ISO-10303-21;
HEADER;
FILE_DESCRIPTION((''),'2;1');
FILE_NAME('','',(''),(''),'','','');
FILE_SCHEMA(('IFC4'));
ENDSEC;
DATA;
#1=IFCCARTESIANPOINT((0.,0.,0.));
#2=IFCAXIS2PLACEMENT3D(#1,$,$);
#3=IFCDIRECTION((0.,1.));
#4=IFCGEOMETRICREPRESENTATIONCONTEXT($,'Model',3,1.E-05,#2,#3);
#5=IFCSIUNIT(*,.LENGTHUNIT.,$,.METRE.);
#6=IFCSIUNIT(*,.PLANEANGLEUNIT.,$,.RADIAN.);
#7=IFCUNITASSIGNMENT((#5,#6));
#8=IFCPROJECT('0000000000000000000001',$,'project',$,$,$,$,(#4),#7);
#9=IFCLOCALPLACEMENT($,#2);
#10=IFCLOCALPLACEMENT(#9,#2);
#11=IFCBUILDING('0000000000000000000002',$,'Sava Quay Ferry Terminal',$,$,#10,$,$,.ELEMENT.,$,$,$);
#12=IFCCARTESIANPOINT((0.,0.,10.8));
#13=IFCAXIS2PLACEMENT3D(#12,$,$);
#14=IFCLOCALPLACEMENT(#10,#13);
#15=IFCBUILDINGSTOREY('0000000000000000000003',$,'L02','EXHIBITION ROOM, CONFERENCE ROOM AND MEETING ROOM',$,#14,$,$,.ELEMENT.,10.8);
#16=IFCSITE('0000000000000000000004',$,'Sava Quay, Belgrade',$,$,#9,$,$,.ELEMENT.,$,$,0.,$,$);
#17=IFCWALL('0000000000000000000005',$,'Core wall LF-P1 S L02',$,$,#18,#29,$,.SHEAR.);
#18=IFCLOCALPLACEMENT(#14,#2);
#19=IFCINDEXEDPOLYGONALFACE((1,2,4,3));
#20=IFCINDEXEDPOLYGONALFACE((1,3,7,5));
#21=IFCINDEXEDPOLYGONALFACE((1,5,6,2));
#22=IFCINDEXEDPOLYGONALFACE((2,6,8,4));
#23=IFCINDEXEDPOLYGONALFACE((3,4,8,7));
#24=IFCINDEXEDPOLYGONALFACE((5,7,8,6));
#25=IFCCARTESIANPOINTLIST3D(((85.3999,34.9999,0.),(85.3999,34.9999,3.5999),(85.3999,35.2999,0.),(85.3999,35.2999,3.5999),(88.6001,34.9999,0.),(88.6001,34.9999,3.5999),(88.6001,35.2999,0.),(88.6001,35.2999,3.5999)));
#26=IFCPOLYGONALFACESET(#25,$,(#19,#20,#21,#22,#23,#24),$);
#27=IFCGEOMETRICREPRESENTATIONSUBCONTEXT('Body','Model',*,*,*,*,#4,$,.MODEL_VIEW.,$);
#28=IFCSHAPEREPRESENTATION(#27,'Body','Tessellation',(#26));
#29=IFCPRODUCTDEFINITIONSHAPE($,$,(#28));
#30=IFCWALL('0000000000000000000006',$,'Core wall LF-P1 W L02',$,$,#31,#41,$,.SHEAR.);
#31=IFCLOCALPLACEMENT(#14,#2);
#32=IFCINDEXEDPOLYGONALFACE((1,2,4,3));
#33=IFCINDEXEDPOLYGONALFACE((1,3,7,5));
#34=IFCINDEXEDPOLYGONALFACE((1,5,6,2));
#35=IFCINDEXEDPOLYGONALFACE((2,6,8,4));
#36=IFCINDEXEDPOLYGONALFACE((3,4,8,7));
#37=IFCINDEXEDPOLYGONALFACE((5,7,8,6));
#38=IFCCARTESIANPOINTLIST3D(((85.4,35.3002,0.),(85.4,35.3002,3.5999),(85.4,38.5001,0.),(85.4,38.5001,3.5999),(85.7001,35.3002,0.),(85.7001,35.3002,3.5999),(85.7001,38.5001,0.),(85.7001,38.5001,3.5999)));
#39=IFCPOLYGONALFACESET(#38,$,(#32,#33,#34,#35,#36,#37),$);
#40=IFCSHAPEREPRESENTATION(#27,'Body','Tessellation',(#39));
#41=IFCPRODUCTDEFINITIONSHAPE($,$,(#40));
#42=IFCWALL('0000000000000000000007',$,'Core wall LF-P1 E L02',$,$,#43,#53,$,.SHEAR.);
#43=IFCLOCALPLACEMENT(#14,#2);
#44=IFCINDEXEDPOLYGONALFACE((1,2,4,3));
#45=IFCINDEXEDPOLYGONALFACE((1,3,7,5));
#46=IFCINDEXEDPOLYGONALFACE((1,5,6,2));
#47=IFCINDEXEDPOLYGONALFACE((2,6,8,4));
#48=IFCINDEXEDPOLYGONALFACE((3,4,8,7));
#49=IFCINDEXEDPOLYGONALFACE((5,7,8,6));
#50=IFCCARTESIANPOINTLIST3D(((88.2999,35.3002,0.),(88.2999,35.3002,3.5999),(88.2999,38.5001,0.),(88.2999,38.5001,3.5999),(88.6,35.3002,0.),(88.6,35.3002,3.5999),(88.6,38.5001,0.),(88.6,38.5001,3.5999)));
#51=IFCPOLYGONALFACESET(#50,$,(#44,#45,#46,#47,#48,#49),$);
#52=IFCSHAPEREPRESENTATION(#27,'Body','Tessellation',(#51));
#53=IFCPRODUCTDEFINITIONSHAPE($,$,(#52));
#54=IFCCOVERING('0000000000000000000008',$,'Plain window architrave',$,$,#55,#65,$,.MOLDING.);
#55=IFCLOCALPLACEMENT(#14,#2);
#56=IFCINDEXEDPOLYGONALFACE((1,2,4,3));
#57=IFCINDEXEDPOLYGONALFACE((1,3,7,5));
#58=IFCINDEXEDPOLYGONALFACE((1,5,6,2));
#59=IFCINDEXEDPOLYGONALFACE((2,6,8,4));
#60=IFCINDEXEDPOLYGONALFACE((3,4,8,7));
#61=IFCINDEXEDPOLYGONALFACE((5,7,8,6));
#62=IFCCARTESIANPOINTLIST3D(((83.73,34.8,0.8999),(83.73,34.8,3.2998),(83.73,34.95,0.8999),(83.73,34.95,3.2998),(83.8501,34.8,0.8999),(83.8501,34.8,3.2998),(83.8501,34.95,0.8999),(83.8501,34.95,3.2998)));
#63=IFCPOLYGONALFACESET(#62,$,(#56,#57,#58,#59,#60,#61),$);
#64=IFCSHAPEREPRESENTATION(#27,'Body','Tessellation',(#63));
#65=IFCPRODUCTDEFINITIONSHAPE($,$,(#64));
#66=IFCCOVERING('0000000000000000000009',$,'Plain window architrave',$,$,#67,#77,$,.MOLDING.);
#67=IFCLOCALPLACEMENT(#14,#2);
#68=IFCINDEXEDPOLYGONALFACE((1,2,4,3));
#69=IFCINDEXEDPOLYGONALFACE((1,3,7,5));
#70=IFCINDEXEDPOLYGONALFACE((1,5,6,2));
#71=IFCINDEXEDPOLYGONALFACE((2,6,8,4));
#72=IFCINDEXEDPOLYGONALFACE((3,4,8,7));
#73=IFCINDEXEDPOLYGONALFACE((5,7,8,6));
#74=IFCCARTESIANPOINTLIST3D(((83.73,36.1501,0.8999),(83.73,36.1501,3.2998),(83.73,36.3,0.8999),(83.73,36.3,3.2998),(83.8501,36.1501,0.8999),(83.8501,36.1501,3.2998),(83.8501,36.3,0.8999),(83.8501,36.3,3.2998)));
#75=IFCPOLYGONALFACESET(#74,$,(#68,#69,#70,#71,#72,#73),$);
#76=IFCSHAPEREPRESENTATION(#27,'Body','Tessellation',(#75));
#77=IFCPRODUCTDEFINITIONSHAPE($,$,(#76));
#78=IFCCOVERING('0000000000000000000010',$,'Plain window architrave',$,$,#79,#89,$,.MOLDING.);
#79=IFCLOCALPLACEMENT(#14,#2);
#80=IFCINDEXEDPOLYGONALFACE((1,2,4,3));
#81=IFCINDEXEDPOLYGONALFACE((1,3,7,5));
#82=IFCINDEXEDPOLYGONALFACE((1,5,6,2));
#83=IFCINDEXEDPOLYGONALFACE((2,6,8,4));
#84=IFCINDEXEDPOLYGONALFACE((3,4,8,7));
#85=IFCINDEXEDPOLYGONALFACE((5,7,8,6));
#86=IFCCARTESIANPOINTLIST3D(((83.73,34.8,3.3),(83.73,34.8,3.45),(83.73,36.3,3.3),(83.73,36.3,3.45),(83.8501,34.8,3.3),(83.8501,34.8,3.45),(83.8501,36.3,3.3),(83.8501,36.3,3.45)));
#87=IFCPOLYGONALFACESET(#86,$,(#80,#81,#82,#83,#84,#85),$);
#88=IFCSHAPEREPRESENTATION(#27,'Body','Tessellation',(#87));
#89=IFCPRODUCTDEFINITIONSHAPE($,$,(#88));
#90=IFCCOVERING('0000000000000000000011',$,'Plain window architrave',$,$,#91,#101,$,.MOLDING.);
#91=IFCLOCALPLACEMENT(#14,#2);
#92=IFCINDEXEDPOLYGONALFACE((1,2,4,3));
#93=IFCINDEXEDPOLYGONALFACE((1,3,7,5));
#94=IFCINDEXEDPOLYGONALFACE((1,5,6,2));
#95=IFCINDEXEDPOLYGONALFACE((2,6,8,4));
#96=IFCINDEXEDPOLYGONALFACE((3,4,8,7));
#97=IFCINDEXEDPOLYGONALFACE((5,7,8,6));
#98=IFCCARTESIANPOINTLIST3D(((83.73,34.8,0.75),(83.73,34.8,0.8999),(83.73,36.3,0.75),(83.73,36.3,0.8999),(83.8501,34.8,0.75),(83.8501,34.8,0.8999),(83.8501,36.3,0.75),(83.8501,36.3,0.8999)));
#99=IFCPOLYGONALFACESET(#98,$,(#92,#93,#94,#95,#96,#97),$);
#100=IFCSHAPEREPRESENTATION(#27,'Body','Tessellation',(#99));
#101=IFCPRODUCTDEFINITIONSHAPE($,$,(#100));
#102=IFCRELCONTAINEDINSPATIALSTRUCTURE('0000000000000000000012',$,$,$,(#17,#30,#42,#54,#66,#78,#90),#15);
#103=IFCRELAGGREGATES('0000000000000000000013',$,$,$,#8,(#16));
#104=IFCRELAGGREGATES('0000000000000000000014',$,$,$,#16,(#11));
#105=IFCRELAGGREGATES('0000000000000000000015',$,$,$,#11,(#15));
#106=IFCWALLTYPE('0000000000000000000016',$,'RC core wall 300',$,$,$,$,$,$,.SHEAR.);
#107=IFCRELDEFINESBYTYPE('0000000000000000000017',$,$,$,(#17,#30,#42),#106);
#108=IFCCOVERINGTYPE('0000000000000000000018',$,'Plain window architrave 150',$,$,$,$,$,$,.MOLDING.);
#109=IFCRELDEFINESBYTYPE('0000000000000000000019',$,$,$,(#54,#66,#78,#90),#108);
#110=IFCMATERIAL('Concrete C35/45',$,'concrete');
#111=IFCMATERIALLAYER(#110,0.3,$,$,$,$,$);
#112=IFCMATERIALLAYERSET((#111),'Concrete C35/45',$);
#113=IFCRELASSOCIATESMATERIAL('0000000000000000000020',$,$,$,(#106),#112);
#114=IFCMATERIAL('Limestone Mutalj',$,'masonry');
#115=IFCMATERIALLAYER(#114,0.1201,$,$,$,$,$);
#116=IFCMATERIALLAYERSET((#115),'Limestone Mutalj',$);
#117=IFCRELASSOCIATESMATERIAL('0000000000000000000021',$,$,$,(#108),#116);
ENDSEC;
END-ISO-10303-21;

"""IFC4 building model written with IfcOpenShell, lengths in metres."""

from ifc_helpers import new_model, si_unit, direction, frame, frame_2d, origin, origin_2d, place, context, subcontext, project, spatial, rectangle, extrude, material, layer, layer_set, type_object, element, save


model = new_model("IFC4")

# Units and contexts
model_context = context("Model", 3, precision=1e-05, world=origin(), true_north=direction((0.0, 1.0)))
body_context = subcontext(model_context, "Body", "Model", "MODEL_VIEW")
ifc_project = project(units=[si_unit("LENGTHUNIT", "METRE"), si_unit("PLANEANGLEUNIT", "RADIAN")], contexts=[model_context])

# Site, building, storey
site_placement = place(None, origin())
site = spatial("IfcSite", under=ifc_project, at=site_placement, Name="Sava Quay, Belgrade", CompositionType="ELEMENT", RefElevation=0.0)
building_placement = place(site_placement, origin())
building = spatial("IfcBuilding", under=site, at=building_placement, Name="Sava Quay Ferry Terminal", CompositionType="ELEMENT")
storey_placement = place(building_placement, frame((0.0, 0.0, 10.8)))
storey = spatial("IfcBuildingStorey", under=building, at=storey_placement, Name="L02", Description="EXHIBITION ROOM, CONFERENCE ROOM AND MEETING ROOM", CompositionType="ELEMENT", Elevation=10.8)

# Wall
ifc_material_1 = material(Name="Concrete C35/45", Category="concrete")
ifc_layer_1 = layer(ifc_material_1, 0.3)
ifc_layer_set_1 = layer_set([ifc_layer_1], Name="Concrete C35/45")
wall_type_1 = type_object("IfcWallType", Name="RC core wall 300", PredefinedType="SHEAR", material=ifc_layer_set_1)
wall_1_placement = place(storey_placement, frame((85.3999, 35.1499, 0.0), z_axis=(0.0, 0.0, 1.0), x_axis=(1.0, 0.0, 0.0)))
element("IfcWall", 1, at=wall_1_placement, inside=storey, type_object=wall_type_1, Name="Core wall LF-P1 S L02", PredefinedType="SHEAR", context=body_context, shape_type="SweptSolid", body=[
    extrude(rectangle(XDim=3.2002, YDim=0.3, at=frame_2d((1.6001, 0.0))), origin(), (0.0, 0.0, 1.0), 3.5999),
])

# Walls
for number, where, z_axis, x_axis, name in (
    (2, (85.55, 35.3, 0.0), (0.0, 0.0, 1.0), (0.0, 1.0, 0.0), "Core wall LF-P1 W L02"),
    (3, (88.45, 35.3, 0.0), (0.0, 0.0, 1.0), (0.0, 1.0, 0.0), "Core wall LF-P1 E L02"),
):
    element("IfcWall", number, at=place(storey_placement, frame(where, z_axis=z_axis, x_axis=x_axis)), inside=storey, type_object=wall_type_1, Name=name, PredefinedType="SHEAR", context=body_context, shape_type="SweptSolid", body=[
        extrude(rectangle(XDim=3.2, YDim=0.3, at=frame_2d((1.6001, 0.0))), origin(), (0.0, 0.0, 1.0), 3.5999),
    ])

# Coverings
ifc_material_2 = material(Name="Limestone Mutalj", Category="masonry")
ifc_layer_2 = layer(ifc_material_2, 0.1201)
ifc_layer_set_2 = layer_set([ifc_layer_2], Name="Limestone Mutalj")
covering_type = type_object("IfcCoveringType", Name="Plain window architrave 150", PredefinedType="MOLDING", material=ifc_layer_set_2)
for number, where, z_axis, x_axis, name in (
    (4, (83.79, 34.875, 0.8999), (0.0, 0.0, 1.0), (1.0, 0.0, 0.0), "Plain window architrave"),
    (5, (83.79, 36.2251, 0.8999), (0.0, 0.0, 1.0), (1.0, 0.0, 0.0), "Plain window architrave"),
):
    element("IfcCovering", number, at=place(storey_placement, frame(where, z_axis=z_axis, x_axis=x_axis)), inside=storey, type_object=covering_type, Name=name, PredefinedType="MOLDING", context=body_context, shape_type="SweptSolid", body=[
        extrude(rectangle(XDim=0.1201, YDim=0.1499, at=origin_2d()), origin(), (0.0, 0.0, 1.0), 2.3999),
    ])
for number, where, z_axis, x_axis, name in (
    (6, (83.79, 35.55, 3.3), (0.0, 0.0, 1.0), (1.0, 0.0, 0.0), "Plain window architrave"),
    (7, (83.79, 35.55, 0.75), (0.0, 0.0, 1.0), (1.0, 0.0, 0.0), "Plain window architrave"),
):
    element("IfcCovering", number, at=place(storey_placement, frame(where, z_axis=z_axis, x_axis=x_axis)), inside=storey, type_object=covering_type, Name=name, PredefinedType="MOLDING", context=body_context, shape_type="SweptSolid", body=[
        extrude(rectangle(XDim=0.1201, YDim=1.5, at=origin_2d()), origin(), (0.0, 0.0, 1.0), 0.1499),
    ])

save(model, "model.ifc")
